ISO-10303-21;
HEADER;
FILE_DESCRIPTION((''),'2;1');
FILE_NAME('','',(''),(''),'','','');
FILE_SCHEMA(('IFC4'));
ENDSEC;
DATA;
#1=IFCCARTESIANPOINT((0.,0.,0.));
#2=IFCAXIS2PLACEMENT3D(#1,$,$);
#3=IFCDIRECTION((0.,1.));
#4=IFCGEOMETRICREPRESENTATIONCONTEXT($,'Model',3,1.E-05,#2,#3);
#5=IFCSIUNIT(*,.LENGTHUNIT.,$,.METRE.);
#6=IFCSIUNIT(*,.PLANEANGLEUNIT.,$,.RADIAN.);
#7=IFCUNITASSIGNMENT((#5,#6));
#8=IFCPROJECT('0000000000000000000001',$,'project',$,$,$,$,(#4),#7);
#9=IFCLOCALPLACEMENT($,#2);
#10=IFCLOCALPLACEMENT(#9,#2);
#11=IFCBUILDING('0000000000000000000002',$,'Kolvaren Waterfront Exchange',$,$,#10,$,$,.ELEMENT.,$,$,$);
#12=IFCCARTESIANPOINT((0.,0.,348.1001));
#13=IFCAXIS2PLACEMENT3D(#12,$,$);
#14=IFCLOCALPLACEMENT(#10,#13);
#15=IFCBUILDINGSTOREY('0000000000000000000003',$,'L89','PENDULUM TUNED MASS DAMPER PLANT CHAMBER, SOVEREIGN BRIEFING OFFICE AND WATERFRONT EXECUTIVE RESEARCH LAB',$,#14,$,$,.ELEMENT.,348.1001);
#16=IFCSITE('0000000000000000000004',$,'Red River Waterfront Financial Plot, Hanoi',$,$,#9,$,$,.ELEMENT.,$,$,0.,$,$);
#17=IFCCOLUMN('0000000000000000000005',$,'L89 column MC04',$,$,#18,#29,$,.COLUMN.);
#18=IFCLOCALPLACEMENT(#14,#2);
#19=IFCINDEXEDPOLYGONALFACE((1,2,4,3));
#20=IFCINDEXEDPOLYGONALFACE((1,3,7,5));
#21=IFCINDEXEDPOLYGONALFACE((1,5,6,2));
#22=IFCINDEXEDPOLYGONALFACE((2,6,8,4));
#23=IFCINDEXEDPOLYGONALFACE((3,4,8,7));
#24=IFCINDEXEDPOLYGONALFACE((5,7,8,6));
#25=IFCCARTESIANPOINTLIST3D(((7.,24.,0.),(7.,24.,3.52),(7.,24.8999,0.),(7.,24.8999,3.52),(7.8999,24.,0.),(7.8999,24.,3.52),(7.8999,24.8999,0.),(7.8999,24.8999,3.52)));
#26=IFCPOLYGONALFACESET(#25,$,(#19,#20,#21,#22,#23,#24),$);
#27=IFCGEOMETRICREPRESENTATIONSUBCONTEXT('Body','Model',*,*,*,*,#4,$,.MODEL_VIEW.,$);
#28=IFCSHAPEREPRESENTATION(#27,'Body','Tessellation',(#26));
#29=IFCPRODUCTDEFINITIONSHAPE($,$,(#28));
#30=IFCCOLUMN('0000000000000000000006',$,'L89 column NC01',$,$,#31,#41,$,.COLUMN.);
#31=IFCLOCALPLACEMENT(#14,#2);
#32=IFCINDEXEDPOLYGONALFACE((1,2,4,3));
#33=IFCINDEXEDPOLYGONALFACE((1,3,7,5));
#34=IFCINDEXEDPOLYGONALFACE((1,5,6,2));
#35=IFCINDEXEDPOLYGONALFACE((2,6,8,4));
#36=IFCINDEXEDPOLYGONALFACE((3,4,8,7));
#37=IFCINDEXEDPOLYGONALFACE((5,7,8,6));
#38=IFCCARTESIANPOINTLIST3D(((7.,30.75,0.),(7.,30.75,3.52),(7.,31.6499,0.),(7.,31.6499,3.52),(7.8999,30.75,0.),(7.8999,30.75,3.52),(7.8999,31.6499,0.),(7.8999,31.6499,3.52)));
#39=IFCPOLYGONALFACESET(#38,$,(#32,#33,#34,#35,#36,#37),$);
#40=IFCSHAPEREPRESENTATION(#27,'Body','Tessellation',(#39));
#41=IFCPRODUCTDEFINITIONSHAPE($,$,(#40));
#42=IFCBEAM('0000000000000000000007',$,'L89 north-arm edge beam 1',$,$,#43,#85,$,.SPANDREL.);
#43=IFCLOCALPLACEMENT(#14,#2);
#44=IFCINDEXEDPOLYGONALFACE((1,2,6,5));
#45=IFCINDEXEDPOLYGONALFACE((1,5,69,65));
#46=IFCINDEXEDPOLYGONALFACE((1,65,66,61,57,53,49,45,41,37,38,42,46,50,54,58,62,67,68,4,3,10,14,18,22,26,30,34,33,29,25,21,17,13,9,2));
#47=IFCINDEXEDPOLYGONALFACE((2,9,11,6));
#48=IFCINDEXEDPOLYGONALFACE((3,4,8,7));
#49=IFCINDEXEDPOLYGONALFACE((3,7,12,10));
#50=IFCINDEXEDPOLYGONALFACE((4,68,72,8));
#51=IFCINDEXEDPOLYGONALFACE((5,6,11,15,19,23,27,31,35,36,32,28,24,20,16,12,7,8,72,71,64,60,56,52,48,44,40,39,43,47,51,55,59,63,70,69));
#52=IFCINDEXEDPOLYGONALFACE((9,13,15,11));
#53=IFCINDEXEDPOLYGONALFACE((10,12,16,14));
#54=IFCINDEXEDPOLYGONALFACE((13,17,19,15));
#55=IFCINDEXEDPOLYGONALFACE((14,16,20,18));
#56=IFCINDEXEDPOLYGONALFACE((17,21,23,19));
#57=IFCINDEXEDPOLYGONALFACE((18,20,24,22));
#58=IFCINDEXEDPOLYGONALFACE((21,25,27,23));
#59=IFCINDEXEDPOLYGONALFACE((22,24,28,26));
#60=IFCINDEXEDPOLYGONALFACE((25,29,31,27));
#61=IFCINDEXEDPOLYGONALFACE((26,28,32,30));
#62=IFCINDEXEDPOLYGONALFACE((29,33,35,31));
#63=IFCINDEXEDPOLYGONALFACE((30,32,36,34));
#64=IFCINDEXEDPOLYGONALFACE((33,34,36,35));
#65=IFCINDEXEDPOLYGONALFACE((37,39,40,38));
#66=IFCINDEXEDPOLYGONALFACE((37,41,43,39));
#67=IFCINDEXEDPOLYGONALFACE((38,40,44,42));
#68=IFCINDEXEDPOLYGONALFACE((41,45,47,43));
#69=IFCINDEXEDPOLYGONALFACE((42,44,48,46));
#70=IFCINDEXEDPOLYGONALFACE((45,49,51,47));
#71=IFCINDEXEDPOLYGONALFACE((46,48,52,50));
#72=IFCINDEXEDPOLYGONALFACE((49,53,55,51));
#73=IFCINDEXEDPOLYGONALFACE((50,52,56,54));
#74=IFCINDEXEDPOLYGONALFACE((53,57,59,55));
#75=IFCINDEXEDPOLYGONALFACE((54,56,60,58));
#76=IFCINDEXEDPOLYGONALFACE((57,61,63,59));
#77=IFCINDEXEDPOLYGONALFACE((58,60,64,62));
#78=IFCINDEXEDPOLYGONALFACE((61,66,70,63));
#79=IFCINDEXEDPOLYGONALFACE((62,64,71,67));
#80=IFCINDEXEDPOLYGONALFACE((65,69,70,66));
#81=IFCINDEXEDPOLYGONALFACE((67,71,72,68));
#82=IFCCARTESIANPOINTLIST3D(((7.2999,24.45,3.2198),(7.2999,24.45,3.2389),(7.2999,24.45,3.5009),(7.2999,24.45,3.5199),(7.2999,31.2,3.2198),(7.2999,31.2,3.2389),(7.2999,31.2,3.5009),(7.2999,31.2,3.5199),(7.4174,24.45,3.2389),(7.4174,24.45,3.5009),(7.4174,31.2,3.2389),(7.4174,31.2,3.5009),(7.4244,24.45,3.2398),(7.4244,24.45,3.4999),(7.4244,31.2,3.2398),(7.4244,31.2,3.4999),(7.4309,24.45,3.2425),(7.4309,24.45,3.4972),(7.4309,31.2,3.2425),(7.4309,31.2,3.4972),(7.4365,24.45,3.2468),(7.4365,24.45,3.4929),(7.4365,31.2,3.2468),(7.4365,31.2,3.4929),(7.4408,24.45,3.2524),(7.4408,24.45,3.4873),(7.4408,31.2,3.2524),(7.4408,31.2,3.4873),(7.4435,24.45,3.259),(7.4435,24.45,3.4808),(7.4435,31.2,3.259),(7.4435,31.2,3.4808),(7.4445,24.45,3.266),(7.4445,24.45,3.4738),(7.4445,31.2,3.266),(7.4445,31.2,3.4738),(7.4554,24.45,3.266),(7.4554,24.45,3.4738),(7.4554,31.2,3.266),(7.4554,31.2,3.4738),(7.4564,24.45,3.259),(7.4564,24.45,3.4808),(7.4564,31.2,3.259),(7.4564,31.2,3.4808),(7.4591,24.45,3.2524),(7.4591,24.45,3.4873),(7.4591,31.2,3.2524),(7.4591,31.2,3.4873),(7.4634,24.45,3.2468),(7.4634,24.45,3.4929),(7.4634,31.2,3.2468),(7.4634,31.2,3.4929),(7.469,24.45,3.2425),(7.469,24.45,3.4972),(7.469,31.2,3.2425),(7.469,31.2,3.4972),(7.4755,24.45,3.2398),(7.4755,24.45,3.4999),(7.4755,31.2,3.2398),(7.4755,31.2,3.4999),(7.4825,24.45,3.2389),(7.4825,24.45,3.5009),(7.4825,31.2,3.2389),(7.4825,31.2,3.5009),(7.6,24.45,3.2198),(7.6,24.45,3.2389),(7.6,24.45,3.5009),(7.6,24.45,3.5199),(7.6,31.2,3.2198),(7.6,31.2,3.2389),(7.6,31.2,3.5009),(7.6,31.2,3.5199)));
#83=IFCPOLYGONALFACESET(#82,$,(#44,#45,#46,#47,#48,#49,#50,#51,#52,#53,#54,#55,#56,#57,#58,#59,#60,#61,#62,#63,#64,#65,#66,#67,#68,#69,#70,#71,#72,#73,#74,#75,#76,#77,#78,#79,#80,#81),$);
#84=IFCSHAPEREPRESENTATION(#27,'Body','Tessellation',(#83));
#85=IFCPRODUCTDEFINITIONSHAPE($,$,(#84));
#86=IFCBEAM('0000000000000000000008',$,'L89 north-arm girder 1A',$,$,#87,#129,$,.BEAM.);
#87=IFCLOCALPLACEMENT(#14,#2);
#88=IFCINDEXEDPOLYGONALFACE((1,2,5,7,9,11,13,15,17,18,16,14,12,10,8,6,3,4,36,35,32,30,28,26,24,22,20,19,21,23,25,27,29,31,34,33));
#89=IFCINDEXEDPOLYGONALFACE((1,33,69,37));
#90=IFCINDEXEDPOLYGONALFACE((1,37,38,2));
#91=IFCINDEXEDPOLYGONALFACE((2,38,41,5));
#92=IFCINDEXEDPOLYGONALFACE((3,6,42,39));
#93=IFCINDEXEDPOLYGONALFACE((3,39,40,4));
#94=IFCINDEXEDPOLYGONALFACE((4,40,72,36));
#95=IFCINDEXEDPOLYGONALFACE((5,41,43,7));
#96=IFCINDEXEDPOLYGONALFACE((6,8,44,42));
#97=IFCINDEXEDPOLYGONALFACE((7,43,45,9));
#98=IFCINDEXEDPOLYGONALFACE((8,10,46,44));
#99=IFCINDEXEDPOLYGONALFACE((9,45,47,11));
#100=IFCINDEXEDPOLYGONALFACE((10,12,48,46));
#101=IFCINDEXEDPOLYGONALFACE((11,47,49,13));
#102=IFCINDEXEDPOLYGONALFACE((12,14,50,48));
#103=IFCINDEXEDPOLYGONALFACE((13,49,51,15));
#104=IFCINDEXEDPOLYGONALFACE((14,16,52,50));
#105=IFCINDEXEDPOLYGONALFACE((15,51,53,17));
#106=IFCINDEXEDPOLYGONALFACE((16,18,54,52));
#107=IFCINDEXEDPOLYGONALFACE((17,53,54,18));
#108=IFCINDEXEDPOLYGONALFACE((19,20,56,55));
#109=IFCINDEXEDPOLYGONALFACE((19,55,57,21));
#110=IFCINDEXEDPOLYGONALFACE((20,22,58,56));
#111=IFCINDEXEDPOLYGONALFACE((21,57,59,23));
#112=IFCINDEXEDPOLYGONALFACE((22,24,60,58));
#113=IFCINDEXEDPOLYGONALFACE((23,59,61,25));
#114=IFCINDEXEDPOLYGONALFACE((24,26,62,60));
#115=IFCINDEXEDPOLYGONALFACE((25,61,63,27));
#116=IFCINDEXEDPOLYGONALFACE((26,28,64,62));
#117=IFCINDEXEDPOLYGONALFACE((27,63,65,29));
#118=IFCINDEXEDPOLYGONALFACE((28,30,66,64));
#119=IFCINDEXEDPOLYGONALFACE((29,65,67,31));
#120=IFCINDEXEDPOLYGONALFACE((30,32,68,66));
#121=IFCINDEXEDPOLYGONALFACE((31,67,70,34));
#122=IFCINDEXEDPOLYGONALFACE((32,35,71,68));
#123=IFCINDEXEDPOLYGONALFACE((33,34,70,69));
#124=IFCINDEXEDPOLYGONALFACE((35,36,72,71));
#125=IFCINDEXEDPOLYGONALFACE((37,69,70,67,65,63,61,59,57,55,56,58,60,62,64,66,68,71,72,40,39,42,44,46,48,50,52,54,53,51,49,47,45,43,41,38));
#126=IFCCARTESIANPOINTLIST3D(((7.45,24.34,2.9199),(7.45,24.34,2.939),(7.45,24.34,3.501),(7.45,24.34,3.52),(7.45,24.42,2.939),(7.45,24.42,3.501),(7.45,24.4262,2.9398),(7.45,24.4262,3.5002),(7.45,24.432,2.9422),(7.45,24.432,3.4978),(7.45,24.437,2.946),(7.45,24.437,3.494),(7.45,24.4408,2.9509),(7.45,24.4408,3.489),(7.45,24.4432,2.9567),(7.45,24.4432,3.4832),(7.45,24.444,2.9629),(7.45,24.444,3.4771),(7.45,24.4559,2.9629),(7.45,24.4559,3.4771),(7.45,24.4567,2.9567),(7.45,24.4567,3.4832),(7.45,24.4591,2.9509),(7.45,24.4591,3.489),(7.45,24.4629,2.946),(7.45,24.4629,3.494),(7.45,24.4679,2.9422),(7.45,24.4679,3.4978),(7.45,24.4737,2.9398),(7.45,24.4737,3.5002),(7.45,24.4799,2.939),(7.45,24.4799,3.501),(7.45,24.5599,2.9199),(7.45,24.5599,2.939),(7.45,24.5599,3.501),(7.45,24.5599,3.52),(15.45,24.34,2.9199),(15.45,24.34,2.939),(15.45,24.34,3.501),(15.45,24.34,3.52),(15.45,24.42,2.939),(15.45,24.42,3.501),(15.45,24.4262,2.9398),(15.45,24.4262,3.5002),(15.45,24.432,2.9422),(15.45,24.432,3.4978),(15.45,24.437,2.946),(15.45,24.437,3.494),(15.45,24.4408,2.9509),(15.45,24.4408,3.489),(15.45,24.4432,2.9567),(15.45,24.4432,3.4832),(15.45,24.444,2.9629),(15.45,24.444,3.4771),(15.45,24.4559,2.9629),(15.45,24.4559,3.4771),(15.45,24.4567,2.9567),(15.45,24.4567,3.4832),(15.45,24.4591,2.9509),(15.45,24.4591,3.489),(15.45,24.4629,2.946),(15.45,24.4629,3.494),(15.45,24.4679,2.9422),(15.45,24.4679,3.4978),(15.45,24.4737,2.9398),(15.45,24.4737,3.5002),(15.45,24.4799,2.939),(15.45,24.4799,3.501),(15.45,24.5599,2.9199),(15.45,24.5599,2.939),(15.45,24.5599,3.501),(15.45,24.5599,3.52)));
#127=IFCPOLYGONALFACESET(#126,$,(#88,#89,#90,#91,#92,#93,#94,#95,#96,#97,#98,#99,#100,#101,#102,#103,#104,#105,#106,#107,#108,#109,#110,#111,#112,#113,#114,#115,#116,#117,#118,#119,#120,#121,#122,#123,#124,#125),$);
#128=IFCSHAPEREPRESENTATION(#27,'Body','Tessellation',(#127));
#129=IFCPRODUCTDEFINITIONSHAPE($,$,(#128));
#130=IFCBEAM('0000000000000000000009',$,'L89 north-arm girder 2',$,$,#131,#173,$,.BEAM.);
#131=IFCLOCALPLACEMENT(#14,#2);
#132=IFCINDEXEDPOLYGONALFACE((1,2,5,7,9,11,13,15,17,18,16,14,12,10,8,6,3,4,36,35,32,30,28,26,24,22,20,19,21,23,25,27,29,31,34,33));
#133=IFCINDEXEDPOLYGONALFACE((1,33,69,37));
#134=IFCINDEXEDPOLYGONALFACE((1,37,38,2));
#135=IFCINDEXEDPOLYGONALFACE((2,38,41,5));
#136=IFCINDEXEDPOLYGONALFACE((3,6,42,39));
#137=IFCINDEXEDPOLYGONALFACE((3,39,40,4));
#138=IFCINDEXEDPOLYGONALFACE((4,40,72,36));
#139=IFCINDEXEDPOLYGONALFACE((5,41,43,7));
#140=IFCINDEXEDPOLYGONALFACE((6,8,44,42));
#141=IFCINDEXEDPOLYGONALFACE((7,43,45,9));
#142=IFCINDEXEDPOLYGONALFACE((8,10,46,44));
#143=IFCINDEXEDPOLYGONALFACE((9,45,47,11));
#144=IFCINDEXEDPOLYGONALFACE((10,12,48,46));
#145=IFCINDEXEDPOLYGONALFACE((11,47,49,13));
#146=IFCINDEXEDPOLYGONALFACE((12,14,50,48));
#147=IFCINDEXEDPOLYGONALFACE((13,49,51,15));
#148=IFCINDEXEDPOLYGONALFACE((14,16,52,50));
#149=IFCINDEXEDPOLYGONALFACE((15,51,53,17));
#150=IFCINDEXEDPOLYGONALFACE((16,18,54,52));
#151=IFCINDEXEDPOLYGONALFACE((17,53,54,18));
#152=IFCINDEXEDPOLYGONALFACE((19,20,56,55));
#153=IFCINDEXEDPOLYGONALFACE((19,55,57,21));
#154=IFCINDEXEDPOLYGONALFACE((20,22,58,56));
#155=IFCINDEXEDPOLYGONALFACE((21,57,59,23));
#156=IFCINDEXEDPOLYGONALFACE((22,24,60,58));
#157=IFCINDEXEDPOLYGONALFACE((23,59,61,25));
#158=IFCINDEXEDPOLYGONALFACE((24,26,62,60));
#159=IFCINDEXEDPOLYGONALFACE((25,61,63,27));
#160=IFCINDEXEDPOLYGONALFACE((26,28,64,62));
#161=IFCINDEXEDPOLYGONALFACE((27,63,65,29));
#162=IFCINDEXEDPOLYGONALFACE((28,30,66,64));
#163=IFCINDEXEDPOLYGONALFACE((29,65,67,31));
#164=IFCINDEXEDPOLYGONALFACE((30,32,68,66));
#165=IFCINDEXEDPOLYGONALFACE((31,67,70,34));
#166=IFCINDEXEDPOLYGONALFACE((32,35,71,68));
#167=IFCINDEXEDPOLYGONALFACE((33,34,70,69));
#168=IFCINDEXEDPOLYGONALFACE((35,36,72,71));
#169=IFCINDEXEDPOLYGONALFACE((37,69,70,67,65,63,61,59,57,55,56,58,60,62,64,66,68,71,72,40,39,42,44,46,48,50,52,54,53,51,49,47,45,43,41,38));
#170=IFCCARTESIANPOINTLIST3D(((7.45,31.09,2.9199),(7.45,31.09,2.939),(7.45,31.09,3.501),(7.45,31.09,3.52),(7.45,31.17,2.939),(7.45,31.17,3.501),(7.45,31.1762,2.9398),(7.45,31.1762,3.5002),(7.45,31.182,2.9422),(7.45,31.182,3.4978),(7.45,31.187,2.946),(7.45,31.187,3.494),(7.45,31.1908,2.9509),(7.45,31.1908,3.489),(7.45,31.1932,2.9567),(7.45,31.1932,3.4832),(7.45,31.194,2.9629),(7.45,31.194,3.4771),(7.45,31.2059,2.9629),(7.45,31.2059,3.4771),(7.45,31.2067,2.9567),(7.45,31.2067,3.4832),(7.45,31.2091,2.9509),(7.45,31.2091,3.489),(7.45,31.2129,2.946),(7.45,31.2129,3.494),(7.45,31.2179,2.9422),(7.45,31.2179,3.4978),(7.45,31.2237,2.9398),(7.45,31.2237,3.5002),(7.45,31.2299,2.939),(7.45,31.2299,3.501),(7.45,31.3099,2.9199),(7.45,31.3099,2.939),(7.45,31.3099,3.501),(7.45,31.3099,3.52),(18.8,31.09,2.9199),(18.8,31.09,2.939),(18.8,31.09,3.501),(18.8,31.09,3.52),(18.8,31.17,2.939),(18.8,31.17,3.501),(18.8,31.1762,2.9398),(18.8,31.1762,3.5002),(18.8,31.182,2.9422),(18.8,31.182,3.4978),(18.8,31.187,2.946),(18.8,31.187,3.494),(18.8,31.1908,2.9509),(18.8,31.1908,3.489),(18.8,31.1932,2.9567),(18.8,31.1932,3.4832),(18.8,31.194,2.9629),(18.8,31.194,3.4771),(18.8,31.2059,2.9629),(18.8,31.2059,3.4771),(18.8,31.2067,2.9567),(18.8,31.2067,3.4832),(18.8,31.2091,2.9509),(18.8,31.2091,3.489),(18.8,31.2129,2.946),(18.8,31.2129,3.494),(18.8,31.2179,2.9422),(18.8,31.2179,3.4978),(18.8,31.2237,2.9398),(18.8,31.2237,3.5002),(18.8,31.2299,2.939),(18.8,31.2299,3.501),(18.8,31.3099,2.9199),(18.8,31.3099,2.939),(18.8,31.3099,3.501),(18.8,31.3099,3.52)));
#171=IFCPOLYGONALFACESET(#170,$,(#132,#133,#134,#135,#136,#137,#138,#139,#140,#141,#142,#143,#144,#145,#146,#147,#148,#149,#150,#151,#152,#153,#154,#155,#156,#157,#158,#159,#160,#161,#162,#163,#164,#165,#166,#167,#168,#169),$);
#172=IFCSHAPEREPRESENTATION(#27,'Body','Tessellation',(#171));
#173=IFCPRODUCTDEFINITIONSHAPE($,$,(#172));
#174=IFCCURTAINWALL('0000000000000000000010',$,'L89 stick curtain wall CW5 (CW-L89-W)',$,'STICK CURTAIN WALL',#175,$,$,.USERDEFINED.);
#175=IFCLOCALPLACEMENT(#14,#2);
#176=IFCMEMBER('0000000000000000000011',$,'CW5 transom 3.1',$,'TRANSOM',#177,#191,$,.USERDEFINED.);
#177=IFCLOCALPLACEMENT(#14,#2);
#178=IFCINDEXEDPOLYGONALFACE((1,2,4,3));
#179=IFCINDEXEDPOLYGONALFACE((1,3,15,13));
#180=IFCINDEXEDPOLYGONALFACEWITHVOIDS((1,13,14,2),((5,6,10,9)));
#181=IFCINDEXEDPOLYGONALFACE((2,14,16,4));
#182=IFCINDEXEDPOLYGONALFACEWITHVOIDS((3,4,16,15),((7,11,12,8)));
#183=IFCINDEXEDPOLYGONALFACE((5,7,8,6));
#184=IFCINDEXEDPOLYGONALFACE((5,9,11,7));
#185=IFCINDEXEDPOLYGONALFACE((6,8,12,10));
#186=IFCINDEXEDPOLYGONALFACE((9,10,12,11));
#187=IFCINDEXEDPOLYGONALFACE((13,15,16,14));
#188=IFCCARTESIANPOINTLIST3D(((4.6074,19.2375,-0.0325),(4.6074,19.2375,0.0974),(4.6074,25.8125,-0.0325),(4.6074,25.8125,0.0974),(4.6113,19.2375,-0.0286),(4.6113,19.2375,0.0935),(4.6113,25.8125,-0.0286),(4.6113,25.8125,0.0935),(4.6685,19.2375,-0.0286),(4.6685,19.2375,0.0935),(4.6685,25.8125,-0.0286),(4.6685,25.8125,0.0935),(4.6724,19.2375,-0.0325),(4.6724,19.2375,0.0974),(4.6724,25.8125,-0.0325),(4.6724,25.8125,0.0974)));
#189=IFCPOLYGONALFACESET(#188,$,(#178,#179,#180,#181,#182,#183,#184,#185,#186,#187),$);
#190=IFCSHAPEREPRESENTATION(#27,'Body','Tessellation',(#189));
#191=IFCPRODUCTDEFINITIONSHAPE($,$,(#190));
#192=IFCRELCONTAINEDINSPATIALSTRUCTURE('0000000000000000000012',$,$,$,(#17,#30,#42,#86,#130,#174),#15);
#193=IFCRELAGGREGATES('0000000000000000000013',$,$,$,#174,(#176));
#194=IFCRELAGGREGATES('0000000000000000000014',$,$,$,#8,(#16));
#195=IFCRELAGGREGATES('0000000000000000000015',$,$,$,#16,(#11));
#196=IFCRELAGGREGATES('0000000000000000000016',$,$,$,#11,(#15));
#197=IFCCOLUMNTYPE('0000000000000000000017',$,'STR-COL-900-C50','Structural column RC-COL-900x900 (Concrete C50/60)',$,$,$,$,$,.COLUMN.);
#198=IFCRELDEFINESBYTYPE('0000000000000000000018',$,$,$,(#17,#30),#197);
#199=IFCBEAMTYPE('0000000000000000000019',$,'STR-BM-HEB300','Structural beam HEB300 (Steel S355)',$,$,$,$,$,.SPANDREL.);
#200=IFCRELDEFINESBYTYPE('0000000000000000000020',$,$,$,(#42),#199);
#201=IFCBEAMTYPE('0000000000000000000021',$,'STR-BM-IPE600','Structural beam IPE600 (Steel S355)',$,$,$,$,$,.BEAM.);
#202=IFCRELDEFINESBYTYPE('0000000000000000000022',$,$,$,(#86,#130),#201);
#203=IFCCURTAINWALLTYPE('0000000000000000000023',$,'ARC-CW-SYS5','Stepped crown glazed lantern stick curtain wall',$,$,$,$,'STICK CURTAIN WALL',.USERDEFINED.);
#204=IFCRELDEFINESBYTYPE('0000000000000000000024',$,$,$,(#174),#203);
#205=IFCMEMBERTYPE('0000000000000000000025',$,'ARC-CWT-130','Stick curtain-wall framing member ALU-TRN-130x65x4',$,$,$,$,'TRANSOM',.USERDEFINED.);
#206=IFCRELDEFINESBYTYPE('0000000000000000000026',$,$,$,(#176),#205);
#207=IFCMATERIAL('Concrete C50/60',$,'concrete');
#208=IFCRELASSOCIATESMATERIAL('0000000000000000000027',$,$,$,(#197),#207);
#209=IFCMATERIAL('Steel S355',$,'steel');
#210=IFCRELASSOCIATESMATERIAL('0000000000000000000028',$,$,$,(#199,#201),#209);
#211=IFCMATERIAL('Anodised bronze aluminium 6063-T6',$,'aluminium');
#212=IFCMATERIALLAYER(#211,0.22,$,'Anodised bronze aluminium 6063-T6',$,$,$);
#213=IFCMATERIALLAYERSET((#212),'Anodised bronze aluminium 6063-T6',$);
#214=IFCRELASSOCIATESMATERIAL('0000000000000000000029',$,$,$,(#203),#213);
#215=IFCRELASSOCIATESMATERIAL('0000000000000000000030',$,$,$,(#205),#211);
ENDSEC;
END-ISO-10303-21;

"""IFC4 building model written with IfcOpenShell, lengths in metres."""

from ifc_helpers import new_model, si_unit, direction, frame, origin, origin_with_axes, origin_2d, place, context, subcontext, project, spatial, rectangle, hollow_rectangle, i_section, extrude, source, transform, mapped, material, layer, layer_set, material_profile, profile_set, type_object, element, aggregate, save


model = new_model("IFC4")

# Units and contexts
model_context = context("Model", 3, precision=1e-05, world=origin(), true_north=direction((0.0, 1.0)))
body_context = subcontext(model_context, "Body", "Model", "MODEL_VIEW")
ifc_project = project(units=[si_unit("LENGTHUNIT", "METRE"), si_unit("PLANEANGLEUNIT", "RADIAN")], contexts=[model_context])

# Site, building, storey
site_placement = place(None, origin())
site = spatial("IfcSite", under=ifc_project, at=site_placement, Name="Red River Waterfront Financial Plot, Hanoi", CompositionType="ELEMENT", RefElevation=0.0)
building_placement = place(site_placement, origin())
building = spatial("IfcBuilding", under=site, at=building_placement, Name="Kolvaren Waterfront Exchange", CompositionType="ELEMENT")
storey_placement = place(building_placement, frame((0.0, 0.0, 348.1001)))
storey = spatial("IfcBuildingStorey", under=building, at=storey_placement, Name="L89", Description="PENDULUM TUNED MASS DAMPER PLANT CHAMBER, SOVEREIGN BRIEFING OFFICE AND WATERFRONT EXECUTIVE RESEARCH LAB", CompositionType="ELEMENT", Elevation=348.1001)

# Columns
ifc_material_1 = material(Name="Concrete C50/60", Category="concrete")
ifc_material_profile_1 = material_profile(ifc_material_1, rectangle(XDim=0.8999, YDim=0.8999, at=origin_2d()), Name="RC-COL-900x900")
ifc_profile_set_1 = profile_set([ifc_material_profile_1], Name="Concrete C50/60")
column_type = type_object("IfcColumnType", Name="STR-COL-900-C50", Description="Structural column RC-COL-900x900 (Concrete C50/60)", PredefinedType="COLUMN", material=ifc_profile_set_1)
for number, where, z_axis, x_axis, name in (
    (1, (7.45, 24.45, 0.0), (0.0, 0.0, 1.0), (1.0, 0.0, 0.0), "L89 column MC04"),
    (2, (7.45, 31.2, 0.0), (0.0, 0.0, 1.0), (1.0, 0.0, 0.0), "L89 column NC01"),
):
    element("IfcColumn", number, at=place(storey_placement, frame(where, z_axis=z_axis, x_axis=x_axis)), inside=storey, type_object=column_type, Name=name, PredefinedType="COLUMN", context=body_context, shape_type="SweptSolid", body=[
        extrude(rectangle(XDim=0.8999, YDim=0.8999, at=origin_2d()), origin(), (0.0, 0.0, 1.0), 3.52),
    ])

# Beams
ifc_material_2 = material(Name="Steel S355", Category="steel")
ifc_material_profile_2 = material_profile(ifc_material_2, i_section(OverallWidth=0.3, OverallDepth=0.3, WebThickness=0.011, FlangeThickness=0.019, FilletRadius=0.0271, at=origin_2d()), Name="HEB300")
ifc_profile_set_2 = profile_set([ifc_material_profile_2], Name="Steel S355")
beam_type_1 = type_object("IfcBeamType", Name="STR-BM-HEB300", Description="Structural beam HEB300 (Steel S355)", PredefinedType="SPANDREL", material=ifc_profile_set_2)
beam_1_placement = place(storey_placement, frame((7.45, 24.45, 3.3699), z_axis=(0.0, 1.0, 0.0), x_axis=(-1.0, 0.0, 0.0)))
element("IfcBeam", 3, at=beam_1_placement, inside=storey, type_object=beam_type_1, Name="L89 north-arm edge beam 1", PredefinedType="SPANDREL", context=body_context, shape_type="SweptSolid", body=[
    extrude(i_section(OverallWidth=0.3, OverallDepth=0.3, WebThickness=0.011, FlangeThickness=0.019, FilletRadius=0.0271, at=origin_2d()), origin(), (0.0, 0.0, 1.0), 6.75),
])
ifc_material_profile_3 = material_profile(ifc_material_2, i_section(OverallWidth=0.22, OverallDepth=0.6001, WebThickness=0.012, FlangeThickness=0.019, FilletRadius=0.0239, at=origin_2d()), Name="IPE600")
ifc_profile_set_3 = profile_set([ifc_material_profile_3], Name="Steel S355")
beam_type_2 = type_object("IfcBeamType", Name="STR-BM-IPE600", Description="Structural beam IPE600 (Steel S355)", PredefinedType="BEAM", material=ifc_profile_set_3)
beam_2_placement = place(storey_placement, frame((7.45, 24.45, 3.22), z_axis=(1.0, 0.0, 0.0), x_axis=(0.0, 1.0, 0.0)))
element("IfcBeam", 4, at=beam_2_placement, inside=storey, type_object=beam_type_2, Name="L89 north-arm girder 1A", PredefinedType="BEAM", context=body_context, shape_type="SweptSolid", body=[
    extrude(i_section(OverallWidth=0.22, OverallDepth=0.6001, WebThickness=0.012, FlangeThickness=0.019, FilletRadius=0.0239, at=origin_2d()), origin(), (0.0, 0.0, 1.0), 8.0),
])
beam_3_placement = place(storey_placement, frame((7.45, 31.2, 3.22), z_axis=(1.0, 0.0, 0.0), x_axis=(0.0, 1.0, 0.0)))
element("IfcBeam", 5, at=beam_3_placement, inside=storey, type_object=beam_type_2, Name="L89 north-arm girder 2", PredefinedType="BEAM", context=body_context, shape_type="SweptSolid", body=[
    extrude(i_section(OverallWidth=0.22, OverallDepth=0.6001, WebThickness=0.012, FlangeThickness=0.019, FilletRadius=0.0239, at=origin_2d()), origin(), (0.0, 0.0, 1.0), 11.3501),
])

# Curtain wall, member
ifc_material_3 = material(Name="Anodised bronze aluminium 6063-T6", Category="aluminium")
ifc_layer_1 = layer(ifc_material_3, 0.22, Name="Anodised bronze aluminium 6063-T6")
ifc_layer_set_1 = layer_set([ifc_layer_1], Name="Anodised bronze aluminium 6063-T6")
curtain_wall_type = type_object("IfcCurtainWallType", Name="ARC-CW-SYS5", Description="Stepped crown glazed lantern stick curtain wall", ElementType="STICK CURTAIN WALL", PredefinedType="USERDEFINED", material=ifc_layer_set_1)
curtain_wall_placement = place(storey_placement, origin())
curtain_wall = element("IfcCurtainWall", 6, at=curtain_wall_placement, inside=storey, type_object=curtain_wall_type, Name="L89 stick curtain wall CW5 (CW-L89-W)", ObjectType="STICK CURTAIN WALL", PredefinedType="USERDEFINED")
ifc_material_profile_4 = material_profile(ifc_material_3, hollow_rectangle(XDim=0.0649, YDim=0.1299, WallThickness=0.0039, at=origin_2d()), Name="ALU-TRN-130x65x4")
ifc_profile_set_4 = profile_set([ifc_material_profile_4], Name="Anodised bronze aluminium 6063-T6")
member_type_1 = type_object("IfcMemberType", Name="ARC-CWT-130", Description="Stick curtain-wall framing member ALU-TRN-130x65x4", ElementType="TRANSOM", PredefinedType="USERDEFINED", material=ifc_profile_set_4)
shared_shape_1 = source(origin_with_axes(), body_context, "Body", "SweptSolid", [
    extrude(hollow_rectangle(XDim=0.0649, YDim=0.1299, WallThickness=0.0039, at=origin_2d()), origin(), (0.0, 0.0, 1.0), 6.575),
])
member_1_placement = place(storey_placement, frame((4.6399, 19.2375, 0.0325), z_axis=(0.0, 1.0, 0.0), x_axis=(-1.0, 0.0, 0.0)))
member_1 = element("IfcMember", 7, at=member_1_placement, type_object=member_type_1, Name="CW5 transom 3.1", ObjectType="TRANSOM", PredefinedType="USERDEFINED", context=body_context, shape_type="MappedRepresentation", body=[
    mapped(shared_shape_1, transform((0.0, 0.0, 0.0), x_axis=(1.0, 0.0, 0.0), y_axis=(0.0, 1.0, 0.0), z_axis=(0.0, 0.0, 1.0), scale=1.0)),
])
aggregate(curtain_wall, [member_1])

save(model, "model.ifc")
